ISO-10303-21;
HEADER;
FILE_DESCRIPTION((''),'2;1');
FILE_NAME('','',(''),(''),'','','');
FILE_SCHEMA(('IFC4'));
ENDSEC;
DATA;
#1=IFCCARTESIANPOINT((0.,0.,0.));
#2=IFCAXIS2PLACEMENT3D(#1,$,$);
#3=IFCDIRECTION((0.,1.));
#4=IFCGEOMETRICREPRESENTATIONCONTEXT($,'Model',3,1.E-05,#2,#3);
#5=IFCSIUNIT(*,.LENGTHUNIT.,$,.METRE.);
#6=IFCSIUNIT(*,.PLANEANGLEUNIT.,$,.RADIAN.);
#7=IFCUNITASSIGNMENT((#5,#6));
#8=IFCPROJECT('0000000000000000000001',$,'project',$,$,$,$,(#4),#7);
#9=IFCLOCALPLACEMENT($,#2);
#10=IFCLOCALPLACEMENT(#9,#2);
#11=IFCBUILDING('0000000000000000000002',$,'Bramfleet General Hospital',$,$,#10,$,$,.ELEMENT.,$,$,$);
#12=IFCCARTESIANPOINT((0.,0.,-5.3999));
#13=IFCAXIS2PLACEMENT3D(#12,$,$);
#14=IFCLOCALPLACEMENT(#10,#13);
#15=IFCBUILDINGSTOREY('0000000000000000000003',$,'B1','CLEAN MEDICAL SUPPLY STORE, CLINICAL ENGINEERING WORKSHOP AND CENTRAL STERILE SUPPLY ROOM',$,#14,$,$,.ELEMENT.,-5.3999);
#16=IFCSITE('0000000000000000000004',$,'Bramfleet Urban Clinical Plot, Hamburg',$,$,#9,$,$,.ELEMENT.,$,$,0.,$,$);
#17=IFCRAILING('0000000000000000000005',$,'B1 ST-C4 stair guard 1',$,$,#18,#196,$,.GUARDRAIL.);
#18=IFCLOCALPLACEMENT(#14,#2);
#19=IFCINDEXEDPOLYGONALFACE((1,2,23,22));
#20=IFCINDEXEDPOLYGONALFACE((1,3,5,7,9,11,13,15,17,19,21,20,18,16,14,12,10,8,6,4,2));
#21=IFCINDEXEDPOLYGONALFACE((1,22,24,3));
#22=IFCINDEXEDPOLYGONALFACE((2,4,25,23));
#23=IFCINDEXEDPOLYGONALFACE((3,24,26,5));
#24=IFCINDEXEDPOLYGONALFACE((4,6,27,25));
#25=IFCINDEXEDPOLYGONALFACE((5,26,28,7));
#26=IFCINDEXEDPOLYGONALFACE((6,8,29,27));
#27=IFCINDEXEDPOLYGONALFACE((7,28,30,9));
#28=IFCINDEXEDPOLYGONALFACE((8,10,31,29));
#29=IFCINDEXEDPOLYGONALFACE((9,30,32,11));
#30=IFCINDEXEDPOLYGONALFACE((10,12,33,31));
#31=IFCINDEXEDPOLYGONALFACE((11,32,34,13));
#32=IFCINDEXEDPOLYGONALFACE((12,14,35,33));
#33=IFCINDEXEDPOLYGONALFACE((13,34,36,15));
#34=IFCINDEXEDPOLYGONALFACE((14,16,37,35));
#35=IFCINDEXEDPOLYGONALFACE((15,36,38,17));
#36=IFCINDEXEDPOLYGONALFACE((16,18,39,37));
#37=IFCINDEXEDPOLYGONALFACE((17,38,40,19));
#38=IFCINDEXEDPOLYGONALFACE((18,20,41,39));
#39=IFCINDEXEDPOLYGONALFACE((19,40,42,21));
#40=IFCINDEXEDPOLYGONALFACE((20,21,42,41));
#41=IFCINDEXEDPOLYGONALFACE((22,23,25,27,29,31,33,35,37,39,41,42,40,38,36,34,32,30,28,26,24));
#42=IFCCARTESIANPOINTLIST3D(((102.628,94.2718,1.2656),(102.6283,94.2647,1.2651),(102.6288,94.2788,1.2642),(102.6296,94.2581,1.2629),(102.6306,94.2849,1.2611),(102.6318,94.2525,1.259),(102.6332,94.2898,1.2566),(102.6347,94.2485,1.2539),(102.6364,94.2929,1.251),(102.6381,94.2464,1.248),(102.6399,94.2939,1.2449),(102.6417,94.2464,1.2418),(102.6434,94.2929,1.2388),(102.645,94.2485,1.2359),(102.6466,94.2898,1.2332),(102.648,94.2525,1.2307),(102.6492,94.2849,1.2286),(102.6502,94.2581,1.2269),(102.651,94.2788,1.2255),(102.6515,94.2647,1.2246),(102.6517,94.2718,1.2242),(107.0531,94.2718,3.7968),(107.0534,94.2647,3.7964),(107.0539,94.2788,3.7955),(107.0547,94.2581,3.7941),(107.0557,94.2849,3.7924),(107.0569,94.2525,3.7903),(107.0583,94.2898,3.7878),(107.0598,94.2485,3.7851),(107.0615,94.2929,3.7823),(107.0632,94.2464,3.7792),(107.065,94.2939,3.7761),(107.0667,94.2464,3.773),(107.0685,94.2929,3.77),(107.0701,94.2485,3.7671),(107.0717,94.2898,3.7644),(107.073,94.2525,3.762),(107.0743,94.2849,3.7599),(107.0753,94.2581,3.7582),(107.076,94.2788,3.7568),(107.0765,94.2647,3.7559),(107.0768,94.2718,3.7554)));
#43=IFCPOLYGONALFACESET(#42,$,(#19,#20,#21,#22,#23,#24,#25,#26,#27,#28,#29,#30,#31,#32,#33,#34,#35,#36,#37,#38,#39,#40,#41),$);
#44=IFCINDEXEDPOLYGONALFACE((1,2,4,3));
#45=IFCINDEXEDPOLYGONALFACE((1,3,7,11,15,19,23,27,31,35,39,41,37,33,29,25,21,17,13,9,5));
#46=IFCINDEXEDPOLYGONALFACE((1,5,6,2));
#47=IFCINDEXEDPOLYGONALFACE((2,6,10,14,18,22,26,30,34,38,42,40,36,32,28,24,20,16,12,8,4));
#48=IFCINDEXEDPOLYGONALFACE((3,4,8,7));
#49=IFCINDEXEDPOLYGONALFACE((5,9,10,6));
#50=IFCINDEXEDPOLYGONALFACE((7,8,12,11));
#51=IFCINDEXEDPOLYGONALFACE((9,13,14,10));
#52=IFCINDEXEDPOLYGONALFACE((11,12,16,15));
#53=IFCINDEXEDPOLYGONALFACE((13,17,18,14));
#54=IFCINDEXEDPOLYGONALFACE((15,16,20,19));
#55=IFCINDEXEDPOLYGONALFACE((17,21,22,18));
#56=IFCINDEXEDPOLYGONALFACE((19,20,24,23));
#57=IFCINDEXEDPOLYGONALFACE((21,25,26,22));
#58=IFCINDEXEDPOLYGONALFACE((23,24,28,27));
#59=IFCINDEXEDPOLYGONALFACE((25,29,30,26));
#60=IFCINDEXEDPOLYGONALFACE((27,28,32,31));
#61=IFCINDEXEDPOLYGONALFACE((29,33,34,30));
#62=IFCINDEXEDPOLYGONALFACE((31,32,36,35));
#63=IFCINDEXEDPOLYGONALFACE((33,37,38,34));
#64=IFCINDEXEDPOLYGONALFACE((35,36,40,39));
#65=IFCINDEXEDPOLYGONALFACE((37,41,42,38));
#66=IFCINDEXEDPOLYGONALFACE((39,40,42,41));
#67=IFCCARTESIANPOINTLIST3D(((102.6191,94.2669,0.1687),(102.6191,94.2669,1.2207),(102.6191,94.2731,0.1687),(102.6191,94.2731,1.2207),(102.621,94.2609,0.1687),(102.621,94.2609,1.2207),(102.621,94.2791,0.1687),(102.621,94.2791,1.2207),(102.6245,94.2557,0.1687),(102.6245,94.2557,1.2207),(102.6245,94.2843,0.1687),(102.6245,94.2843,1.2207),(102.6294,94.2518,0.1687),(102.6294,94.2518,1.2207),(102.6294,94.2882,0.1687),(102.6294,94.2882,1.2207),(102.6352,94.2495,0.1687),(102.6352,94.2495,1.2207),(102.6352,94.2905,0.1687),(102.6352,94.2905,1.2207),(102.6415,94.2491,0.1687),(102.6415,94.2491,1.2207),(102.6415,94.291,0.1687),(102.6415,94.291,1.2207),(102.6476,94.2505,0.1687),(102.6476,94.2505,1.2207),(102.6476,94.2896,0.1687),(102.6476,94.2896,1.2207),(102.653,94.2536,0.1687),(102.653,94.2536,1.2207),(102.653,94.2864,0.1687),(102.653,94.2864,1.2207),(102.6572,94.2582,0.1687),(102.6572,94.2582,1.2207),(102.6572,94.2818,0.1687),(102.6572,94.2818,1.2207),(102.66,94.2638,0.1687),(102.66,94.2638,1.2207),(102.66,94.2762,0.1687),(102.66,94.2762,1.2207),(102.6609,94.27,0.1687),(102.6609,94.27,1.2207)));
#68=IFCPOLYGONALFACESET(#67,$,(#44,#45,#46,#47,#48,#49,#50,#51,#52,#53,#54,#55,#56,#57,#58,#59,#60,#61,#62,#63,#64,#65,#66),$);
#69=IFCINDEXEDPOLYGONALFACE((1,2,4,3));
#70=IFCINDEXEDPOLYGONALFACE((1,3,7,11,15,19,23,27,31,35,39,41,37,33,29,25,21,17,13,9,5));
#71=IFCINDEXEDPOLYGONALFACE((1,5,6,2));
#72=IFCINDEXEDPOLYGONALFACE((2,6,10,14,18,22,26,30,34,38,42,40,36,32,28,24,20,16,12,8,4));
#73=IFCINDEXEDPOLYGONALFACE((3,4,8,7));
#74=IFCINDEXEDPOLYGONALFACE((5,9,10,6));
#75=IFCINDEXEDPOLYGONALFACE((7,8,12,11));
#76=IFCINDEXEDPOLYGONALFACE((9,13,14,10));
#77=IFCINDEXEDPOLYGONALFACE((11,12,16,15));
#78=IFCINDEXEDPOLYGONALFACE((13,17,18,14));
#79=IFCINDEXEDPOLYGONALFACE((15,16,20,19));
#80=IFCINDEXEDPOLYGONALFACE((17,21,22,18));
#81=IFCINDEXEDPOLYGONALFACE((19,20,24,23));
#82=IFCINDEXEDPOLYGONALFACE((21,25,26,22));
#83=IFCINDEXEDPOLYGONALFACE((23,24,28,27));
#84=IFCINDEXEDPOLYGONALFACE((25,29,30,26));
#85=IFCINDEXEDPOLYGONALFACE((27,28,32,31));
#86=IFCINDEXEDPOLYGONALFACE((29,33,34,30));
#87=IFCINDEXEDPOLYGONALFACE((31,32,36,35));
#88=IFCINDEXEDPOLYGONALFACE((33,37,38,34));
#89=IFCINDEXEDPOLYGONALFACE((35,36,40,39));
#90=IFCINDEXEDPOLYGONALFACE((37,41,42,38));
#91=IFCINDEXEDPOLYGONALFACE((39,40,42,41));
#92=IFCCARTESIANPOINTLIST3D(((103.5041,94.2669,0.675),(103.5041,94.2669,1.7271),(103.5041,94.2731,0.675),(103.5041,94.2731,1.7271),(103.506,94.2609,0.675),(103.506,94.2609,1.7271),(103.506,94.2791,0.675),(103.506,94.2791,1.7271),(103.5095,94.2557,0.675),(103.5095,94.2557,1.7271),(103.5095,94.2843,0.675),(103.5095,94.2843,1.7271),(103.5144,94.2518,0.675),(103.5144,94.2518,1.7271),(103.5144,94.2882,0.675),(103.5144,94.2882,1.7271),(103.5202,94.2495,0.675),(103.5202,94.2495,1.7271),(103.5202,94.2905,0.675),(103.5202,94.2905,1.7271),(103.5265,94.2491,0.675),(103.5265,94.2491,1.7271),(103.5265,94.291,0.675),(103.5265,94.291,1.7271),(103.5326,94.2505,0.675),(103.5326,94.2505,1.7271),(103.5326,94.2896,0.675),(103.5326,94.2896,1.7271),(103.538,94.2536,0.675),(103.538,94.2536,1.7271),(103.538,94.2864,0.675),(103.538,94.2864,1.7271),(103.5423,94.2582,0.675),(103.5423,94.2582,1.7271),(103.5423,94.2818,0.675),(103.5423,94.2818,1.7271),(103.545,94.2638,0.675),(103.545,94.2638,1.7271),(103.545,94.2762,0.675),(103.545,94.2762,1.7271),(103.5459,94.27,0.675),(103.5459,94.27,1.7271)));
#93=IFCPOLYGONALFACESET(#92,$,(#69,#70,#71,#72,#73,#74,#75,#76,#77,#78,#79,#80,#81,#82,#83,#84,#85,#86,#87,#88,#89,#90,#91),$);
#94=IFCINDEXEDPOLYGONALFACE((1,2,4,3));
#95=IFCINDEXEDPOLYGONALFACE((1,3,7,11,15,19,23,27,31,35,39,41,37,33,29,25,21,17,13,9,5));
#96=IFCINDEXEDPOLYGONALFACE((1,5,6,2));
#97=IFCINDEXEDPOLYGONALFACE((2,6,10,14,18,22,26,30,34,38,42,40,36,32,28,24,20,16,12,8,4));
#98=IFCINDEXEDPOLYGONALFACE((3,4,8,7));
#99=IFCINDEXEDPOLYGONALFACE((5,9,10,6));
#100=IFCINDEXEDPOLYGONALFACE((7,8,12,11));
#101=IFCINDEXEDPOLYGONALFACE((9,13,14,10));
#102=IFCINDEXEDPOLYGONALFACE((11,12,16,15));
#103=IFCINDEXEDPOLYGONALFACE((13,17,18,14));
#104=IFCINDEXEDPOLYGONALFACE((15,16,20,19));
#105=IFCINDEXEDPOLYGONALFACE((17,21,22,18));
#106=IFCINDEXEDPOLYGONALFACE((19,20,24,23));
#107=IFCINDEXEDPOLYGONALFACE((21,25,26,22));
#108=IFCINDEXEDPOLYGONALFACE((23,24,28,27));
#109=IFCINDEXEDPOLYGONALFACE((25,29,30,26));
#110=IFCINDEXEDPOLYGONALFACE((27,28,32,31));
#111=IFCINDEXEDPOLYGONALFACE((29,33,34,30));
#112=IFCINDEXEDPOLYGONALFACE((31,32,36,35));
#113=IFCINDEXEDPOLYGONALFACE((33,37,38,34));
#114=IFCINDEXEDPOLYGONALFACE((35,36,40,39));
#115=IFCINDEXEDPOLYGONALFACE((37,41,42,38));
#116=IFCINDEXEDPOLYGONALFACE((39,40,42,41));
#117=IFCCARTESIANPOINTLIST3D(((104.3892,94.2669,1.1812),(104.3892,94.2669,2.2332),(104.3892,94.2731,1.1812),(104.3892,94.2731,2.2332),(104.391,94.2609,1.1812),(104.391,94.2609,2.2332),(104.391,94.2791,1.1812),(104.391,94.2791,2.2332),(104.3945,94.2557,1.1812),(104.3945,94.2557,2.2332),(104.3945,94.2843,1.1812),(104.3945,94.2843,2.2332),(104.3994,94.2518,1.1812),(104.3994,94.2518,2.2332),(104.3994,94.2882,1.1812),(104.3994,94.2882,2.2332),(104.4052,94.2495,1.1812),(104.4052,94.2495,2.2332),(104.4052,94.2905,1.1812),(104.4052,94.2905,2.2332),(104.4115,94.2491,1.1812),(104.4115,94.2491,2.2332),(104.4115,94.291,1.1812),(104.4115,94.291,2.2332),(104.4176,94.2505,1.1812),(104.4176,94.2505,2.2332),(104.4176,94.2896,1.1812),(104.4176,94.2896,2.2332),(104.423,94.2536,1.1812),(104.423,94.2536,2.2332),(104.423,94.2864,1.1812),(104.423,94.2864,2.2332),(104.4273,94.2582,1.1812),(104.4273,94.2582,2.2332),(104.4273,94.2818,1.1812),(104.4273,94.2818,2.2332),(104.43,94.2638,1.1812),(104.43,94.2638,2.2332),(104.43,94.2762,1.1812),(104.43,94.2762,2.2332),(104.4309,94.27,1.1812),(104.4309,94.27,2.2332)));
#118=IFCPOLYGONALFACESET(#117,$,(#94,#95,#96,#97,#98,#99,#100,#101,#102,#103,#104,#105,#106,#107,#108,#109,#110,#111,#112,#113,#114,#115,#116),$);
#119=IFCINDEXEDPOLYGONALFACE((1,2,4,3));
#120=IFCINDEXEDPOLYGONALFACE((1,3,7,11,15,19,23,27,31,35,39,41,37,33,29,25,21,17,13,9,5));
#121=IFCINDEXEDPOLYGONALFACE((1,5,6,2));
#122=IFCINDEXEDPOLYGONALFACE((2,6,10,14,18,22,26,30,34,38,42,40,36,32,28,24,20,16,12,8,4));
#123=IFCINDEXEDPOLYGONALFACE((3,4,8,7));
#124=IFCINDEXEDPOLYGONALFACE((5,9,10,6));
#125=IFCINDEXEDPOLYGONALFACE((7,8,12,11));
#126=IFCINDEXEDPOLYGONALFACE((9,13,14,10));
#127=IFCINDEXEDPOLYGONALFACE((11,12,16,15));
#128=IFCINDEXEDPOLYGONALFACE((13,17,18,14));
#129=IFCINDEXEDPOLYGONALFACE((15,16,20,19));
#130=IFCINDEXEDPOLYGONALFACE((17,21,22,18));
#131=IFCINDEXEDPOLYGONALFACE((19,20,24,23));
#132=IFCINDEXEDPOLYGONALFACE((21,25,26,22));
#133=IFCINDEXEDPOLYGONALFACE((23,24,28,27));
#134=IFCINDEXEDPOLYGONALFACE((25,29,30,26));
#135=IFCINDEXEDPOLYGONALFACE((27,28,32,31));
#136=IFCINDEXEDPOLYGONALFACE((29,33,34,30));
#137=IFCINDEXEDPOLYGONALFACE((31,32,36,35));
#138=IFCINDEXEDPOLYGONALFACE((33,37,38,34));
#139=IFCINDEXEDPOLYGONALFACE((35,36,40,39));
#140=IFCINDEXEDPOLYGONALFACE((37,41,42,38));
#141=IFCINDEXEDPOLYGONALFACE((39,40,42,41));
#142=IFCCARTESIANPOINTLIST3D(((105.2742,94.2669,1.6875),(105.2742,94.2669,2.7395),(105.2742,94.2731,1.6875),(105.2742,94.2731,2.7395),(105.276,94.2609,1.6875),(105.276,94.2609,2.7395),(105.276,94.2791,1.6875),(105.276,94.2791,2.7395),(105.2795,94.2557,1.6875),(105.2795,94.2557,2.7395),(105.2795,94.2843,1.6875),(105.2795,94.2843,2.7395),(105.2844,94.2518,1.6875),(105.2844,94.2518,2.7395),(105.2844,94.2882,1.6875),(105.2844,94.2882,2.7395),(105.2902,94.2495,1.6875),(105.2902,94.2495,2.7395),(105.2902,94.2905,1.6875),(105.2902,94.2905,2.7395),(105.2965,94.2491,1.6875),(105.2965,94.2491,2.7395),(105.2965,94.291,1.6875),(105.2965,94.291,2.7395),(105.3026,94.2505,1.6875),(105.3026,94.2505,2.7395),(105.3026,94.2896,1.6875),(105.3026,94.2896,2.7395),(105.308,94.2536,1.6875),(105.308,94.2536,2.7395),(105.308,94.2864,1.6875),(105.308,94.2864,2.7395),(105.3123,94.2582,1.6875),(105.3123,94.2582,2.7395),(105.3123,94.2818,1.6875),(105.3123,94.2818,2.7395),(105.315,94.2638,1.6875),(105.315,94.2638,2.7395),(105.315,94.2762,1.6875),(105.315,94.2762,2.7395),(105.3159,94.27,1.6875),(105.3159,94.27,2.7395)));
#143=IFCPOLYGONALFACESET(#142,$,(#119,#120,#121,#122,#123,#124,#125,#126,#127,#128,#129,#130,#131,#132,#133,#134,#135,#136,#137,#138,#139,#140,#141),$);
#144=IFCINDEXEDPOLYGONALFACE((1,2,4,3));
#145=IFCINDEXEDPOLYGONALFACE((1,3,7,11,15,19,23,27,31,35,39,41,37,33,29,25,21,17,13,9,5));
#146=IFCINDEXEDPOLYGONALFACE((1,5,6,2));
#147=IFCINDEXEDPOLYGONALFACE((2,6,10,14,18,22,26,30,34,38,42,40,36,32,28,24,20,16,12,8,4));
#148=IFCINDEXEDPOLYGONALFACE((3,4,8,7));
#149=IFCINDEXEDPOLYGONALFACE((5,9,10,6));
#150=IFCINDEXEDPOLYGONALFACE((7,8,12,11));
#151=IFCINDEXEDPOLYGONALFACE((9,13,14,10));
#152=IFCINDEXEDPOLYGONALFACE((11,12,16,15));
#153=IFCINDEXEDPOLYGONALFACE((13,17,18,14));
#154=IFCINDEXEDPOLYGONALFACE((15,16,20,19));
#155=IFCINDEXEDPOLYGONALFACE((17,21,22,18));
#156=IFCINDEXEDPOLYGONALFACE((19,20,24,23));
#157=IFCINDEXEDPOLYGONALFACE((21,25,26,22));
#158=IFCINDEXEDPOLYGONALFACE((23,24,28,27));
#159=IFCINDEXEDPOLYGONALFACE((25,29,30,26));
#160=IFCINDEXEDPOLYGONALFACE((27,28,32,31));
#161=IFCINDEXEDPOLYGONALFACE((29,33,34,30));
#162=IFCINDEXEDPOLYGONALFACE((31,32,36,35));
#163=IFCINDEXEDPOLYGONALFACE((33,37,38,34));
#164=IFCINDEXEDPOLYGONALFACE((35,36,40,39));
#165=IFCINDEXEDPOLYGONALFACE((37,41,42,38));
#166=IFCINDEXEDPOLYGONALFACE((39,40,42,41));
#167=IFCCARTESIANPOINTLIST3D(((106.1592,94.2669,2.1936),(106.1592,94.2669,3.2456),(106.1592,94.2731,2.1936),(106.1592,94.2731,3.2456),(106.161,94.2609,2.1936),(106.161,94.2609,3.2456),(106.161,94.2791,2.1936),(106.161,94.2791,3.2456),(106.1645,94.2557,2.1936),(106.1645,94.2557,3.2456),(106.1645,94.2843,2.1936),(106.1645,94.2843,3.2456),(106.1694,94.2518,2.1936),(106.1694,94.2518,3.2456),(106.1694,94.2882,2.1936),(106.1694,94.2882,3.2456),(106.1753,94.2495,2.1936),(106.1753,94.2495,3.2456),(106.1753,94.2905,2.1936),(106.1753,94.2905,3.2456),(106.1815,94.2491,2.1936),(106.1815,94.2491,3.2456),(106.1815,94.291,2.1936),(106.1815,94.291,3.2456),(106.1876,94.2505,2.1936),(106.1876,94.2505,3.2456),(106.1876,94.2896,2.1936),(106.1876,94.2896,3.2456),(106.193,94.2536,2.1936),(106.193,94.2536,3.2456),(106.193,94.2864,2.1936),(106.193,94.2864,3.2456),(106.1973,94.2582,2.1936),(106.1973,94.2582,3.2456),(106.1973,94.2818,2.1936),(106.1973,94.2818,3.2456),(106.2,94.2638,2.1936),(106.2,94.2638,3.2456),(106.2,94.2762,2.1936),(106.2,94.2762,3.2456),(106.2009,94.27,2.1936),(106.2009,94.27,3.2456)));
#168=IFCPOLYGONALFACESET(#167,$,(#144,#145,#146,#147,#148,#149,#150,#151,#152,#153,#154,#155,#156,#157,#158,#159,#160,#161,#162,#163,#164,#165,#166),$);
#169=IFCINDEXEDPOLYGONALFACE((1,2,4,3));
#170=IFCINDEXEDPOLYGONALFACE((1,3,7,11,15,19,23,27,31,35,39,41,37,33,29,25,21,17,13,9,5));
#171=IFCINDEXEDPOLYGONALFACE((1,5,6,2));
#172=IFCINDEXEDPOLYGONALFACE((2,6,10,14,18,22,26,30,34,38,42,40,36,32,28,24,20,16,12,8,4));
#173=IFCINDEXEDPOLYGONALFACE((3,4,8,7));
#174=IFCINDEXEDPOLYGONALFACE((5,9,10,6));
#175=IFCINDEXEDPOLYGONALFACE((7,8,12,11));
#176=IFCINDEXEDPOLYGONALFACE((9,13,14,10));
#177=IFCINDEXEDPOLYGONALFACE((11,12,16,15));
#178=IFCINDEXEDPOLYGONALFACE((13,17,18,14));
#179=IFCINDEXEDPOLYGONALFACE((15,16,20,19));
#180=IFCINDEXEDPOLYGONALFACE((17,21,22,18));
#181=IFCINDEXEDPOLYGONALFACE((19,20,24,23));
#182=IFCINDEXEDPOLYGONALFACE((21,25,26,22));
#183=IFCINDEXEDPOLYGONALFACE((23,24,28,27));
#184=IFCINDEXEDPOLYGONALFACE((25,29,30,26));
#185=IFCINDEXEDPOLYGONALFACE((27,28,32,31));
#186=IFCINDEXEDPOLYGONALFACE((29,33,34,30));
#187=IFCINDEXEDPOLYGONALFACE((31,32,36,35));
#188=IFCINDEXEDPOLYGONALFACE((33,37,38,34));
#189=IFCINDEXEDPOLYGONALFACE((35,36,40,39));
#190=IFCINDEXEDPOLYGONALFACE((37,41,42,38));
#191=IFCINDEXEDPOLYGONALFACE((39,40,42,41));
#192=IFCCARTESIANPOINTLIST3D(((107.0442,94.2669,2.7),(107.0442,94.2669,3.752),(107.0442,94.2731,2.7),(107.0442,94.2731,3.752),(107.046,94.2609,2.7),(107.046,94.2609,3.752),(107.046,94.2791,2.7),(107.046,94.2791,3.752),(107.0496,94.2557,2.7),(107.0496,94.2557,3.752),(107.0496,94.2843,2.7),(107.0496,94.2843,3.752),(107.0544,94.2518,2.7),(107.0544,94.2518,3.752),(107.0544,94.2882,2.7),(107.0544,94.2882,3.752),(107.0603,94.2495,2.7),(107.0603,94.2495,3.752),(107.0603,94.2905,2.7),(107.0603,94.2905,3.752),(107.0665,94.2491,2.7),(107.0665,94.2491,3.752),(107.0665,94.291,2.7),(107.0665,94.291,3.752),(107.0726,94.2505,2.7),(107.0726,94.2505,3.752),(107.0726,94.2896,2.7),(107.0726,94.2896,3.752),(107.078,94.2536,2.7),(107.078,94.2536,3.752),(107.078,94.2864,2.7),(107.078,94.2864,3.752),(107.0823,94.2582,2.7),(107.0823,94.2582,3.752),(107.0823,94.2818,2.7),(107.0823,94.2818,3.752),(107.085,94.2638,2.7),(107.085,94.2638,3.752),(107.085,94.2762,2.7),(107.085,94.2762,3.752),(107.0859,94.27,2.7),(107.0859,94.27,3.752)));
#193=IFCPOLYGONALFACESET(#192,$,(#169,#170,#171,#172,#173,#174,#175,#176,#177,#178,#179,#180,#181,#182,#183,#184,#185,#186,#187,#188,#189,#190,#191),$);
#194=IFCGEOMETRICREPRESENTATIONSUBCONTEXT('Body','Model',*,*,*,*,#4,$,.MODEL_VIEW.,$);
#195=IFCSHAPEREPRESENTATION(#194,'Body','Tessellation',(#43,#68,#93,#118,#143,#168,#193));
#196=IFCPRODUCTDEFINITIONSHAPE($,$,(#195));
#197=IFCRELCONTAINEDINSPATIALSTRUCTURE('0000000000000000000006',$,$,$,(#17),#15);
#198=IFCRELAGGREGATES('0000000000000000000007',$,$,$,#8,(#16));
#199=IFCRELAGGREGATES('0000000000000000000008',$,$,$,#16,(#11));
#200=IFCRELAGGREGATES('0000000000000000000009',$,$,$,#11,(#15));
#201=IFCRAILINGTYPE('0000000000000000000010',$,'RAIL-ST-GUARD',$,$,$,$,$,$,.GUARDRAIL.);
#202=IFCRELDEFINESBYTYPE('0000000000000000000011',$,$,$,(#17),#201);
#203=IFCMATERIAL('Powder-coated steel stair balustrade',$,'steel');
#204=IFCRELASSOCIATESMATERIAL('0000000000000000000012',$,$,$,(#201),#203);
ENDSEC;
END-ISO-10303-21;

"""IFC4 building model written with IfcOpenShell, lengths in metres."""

from ifc_helpers import new_model, si_unit, direction, frame, origin, origin_2d, place, context, subcontext, project, spatial, circle, extrude, material, type_object, element, save


model = new_model("IFC4")

# Units and contexts
model_context = context("Model", 3, precision=1e-05, world=origin(), true_north=direction((0.0, 1.0)))
body_context = subcontext(model_context, "Body", "Model", "MODEL_VIEW")
ifc_project = project(units=[si_unit("LENGTHUNIT", "METRE"), si_unit("PLANEANGLEUNIT", "RADIAN")], contexts=[model_context])

# Site, building, storey
site_placement = place(None, origin())
site = spatial("IfcSite", under=ifc_project, at=site_placement, Name="Bramfleet Urban Clinical Plot, Hamburg", CompositionType="ELEMENT", RefElevation=0.0)
building_placement = place(site_placement, origin())
building = spatial("IfcBuilding", under=site, at=building_placement, Name="Bramfleet General Hospital", CompositionType="ELEMENT")
storey_placement = place(building_placement, frame((0.0, 0.0, -5.3999)))
storey = spatial("IfcBuildingStorey", under=building, at=storey_placement, Name="B1", Description="CLEAN MEDICAL SUPPLY STORE, CLINICAL ENGINEERING WORKSHOP AND CENTRAL STERILE SUPPLY ROOM", CompositionType="ELEMENT", Elevation=-5.3999)

# Railing
ifc_material_1 = material(Name="Powder-coated steel stair balustrade", Category="steel")
railing_type_1 = type_object("IfcRailingType", Name="RAIL-ST-GUARD", PredefinedType="GUARDRAIL", material=ifc_material_1)
railing_1_placement = place(storey_placement, frame((102.6399, 94.27, 0.1687)))
element("IfcRailing", 1, at=railing_1_placement, inside=storey, type_object=railing_type_1, Name="B1 ST-C4 stair guard 1", PredefinedType="GUARDRAIL", context=body_context, shape_type="SweptSolid", body=[
    extrude(circle(Radius=0.0239, at=origin_2d()), frame((0.0, 0.0, 1.0762), z_axis=(0.868019, 0.0, 0.496531), x_axis=(0.0, 1.0, 0.0)), (0.0, 0.0, 1.0), 5.0979),
    extrude(circle(Radius=0.021, at=origin_2d()), origin(), (0.0, 0.0, 1.0), 1.052),
    extrude(circle(Radius=0.021, at=origin_2d()), frame((0.885, 0.0, 0.5063)), (0.0, 0.0, 1.0), 1.052),
    extrude(circle(Radius=0.021, at=origin_2d()), frame((1.77, 0.0, 1.0125)), (0.0, 0.0, 1.0), 1.052),
    extrude(circle(Radius=0.021, at=origin_2d()), frame((2.655, 0.0, 1.5188)), (0.0, 0.0, 1.0), 1.052),
    extrude(circle(Radius=0.021, at=origin_2d()), frame((3.54, 0.0, 2.0249)), (0.0, 0.0, 1.0), 1.052),
    extrude(circle(Radius=0.021, at=origin_2d()), frame((4.425, 0.0, 2.5312)), (0.0, 0.0, 1.0), 1.052),
])

save(model, "model.ifc")
